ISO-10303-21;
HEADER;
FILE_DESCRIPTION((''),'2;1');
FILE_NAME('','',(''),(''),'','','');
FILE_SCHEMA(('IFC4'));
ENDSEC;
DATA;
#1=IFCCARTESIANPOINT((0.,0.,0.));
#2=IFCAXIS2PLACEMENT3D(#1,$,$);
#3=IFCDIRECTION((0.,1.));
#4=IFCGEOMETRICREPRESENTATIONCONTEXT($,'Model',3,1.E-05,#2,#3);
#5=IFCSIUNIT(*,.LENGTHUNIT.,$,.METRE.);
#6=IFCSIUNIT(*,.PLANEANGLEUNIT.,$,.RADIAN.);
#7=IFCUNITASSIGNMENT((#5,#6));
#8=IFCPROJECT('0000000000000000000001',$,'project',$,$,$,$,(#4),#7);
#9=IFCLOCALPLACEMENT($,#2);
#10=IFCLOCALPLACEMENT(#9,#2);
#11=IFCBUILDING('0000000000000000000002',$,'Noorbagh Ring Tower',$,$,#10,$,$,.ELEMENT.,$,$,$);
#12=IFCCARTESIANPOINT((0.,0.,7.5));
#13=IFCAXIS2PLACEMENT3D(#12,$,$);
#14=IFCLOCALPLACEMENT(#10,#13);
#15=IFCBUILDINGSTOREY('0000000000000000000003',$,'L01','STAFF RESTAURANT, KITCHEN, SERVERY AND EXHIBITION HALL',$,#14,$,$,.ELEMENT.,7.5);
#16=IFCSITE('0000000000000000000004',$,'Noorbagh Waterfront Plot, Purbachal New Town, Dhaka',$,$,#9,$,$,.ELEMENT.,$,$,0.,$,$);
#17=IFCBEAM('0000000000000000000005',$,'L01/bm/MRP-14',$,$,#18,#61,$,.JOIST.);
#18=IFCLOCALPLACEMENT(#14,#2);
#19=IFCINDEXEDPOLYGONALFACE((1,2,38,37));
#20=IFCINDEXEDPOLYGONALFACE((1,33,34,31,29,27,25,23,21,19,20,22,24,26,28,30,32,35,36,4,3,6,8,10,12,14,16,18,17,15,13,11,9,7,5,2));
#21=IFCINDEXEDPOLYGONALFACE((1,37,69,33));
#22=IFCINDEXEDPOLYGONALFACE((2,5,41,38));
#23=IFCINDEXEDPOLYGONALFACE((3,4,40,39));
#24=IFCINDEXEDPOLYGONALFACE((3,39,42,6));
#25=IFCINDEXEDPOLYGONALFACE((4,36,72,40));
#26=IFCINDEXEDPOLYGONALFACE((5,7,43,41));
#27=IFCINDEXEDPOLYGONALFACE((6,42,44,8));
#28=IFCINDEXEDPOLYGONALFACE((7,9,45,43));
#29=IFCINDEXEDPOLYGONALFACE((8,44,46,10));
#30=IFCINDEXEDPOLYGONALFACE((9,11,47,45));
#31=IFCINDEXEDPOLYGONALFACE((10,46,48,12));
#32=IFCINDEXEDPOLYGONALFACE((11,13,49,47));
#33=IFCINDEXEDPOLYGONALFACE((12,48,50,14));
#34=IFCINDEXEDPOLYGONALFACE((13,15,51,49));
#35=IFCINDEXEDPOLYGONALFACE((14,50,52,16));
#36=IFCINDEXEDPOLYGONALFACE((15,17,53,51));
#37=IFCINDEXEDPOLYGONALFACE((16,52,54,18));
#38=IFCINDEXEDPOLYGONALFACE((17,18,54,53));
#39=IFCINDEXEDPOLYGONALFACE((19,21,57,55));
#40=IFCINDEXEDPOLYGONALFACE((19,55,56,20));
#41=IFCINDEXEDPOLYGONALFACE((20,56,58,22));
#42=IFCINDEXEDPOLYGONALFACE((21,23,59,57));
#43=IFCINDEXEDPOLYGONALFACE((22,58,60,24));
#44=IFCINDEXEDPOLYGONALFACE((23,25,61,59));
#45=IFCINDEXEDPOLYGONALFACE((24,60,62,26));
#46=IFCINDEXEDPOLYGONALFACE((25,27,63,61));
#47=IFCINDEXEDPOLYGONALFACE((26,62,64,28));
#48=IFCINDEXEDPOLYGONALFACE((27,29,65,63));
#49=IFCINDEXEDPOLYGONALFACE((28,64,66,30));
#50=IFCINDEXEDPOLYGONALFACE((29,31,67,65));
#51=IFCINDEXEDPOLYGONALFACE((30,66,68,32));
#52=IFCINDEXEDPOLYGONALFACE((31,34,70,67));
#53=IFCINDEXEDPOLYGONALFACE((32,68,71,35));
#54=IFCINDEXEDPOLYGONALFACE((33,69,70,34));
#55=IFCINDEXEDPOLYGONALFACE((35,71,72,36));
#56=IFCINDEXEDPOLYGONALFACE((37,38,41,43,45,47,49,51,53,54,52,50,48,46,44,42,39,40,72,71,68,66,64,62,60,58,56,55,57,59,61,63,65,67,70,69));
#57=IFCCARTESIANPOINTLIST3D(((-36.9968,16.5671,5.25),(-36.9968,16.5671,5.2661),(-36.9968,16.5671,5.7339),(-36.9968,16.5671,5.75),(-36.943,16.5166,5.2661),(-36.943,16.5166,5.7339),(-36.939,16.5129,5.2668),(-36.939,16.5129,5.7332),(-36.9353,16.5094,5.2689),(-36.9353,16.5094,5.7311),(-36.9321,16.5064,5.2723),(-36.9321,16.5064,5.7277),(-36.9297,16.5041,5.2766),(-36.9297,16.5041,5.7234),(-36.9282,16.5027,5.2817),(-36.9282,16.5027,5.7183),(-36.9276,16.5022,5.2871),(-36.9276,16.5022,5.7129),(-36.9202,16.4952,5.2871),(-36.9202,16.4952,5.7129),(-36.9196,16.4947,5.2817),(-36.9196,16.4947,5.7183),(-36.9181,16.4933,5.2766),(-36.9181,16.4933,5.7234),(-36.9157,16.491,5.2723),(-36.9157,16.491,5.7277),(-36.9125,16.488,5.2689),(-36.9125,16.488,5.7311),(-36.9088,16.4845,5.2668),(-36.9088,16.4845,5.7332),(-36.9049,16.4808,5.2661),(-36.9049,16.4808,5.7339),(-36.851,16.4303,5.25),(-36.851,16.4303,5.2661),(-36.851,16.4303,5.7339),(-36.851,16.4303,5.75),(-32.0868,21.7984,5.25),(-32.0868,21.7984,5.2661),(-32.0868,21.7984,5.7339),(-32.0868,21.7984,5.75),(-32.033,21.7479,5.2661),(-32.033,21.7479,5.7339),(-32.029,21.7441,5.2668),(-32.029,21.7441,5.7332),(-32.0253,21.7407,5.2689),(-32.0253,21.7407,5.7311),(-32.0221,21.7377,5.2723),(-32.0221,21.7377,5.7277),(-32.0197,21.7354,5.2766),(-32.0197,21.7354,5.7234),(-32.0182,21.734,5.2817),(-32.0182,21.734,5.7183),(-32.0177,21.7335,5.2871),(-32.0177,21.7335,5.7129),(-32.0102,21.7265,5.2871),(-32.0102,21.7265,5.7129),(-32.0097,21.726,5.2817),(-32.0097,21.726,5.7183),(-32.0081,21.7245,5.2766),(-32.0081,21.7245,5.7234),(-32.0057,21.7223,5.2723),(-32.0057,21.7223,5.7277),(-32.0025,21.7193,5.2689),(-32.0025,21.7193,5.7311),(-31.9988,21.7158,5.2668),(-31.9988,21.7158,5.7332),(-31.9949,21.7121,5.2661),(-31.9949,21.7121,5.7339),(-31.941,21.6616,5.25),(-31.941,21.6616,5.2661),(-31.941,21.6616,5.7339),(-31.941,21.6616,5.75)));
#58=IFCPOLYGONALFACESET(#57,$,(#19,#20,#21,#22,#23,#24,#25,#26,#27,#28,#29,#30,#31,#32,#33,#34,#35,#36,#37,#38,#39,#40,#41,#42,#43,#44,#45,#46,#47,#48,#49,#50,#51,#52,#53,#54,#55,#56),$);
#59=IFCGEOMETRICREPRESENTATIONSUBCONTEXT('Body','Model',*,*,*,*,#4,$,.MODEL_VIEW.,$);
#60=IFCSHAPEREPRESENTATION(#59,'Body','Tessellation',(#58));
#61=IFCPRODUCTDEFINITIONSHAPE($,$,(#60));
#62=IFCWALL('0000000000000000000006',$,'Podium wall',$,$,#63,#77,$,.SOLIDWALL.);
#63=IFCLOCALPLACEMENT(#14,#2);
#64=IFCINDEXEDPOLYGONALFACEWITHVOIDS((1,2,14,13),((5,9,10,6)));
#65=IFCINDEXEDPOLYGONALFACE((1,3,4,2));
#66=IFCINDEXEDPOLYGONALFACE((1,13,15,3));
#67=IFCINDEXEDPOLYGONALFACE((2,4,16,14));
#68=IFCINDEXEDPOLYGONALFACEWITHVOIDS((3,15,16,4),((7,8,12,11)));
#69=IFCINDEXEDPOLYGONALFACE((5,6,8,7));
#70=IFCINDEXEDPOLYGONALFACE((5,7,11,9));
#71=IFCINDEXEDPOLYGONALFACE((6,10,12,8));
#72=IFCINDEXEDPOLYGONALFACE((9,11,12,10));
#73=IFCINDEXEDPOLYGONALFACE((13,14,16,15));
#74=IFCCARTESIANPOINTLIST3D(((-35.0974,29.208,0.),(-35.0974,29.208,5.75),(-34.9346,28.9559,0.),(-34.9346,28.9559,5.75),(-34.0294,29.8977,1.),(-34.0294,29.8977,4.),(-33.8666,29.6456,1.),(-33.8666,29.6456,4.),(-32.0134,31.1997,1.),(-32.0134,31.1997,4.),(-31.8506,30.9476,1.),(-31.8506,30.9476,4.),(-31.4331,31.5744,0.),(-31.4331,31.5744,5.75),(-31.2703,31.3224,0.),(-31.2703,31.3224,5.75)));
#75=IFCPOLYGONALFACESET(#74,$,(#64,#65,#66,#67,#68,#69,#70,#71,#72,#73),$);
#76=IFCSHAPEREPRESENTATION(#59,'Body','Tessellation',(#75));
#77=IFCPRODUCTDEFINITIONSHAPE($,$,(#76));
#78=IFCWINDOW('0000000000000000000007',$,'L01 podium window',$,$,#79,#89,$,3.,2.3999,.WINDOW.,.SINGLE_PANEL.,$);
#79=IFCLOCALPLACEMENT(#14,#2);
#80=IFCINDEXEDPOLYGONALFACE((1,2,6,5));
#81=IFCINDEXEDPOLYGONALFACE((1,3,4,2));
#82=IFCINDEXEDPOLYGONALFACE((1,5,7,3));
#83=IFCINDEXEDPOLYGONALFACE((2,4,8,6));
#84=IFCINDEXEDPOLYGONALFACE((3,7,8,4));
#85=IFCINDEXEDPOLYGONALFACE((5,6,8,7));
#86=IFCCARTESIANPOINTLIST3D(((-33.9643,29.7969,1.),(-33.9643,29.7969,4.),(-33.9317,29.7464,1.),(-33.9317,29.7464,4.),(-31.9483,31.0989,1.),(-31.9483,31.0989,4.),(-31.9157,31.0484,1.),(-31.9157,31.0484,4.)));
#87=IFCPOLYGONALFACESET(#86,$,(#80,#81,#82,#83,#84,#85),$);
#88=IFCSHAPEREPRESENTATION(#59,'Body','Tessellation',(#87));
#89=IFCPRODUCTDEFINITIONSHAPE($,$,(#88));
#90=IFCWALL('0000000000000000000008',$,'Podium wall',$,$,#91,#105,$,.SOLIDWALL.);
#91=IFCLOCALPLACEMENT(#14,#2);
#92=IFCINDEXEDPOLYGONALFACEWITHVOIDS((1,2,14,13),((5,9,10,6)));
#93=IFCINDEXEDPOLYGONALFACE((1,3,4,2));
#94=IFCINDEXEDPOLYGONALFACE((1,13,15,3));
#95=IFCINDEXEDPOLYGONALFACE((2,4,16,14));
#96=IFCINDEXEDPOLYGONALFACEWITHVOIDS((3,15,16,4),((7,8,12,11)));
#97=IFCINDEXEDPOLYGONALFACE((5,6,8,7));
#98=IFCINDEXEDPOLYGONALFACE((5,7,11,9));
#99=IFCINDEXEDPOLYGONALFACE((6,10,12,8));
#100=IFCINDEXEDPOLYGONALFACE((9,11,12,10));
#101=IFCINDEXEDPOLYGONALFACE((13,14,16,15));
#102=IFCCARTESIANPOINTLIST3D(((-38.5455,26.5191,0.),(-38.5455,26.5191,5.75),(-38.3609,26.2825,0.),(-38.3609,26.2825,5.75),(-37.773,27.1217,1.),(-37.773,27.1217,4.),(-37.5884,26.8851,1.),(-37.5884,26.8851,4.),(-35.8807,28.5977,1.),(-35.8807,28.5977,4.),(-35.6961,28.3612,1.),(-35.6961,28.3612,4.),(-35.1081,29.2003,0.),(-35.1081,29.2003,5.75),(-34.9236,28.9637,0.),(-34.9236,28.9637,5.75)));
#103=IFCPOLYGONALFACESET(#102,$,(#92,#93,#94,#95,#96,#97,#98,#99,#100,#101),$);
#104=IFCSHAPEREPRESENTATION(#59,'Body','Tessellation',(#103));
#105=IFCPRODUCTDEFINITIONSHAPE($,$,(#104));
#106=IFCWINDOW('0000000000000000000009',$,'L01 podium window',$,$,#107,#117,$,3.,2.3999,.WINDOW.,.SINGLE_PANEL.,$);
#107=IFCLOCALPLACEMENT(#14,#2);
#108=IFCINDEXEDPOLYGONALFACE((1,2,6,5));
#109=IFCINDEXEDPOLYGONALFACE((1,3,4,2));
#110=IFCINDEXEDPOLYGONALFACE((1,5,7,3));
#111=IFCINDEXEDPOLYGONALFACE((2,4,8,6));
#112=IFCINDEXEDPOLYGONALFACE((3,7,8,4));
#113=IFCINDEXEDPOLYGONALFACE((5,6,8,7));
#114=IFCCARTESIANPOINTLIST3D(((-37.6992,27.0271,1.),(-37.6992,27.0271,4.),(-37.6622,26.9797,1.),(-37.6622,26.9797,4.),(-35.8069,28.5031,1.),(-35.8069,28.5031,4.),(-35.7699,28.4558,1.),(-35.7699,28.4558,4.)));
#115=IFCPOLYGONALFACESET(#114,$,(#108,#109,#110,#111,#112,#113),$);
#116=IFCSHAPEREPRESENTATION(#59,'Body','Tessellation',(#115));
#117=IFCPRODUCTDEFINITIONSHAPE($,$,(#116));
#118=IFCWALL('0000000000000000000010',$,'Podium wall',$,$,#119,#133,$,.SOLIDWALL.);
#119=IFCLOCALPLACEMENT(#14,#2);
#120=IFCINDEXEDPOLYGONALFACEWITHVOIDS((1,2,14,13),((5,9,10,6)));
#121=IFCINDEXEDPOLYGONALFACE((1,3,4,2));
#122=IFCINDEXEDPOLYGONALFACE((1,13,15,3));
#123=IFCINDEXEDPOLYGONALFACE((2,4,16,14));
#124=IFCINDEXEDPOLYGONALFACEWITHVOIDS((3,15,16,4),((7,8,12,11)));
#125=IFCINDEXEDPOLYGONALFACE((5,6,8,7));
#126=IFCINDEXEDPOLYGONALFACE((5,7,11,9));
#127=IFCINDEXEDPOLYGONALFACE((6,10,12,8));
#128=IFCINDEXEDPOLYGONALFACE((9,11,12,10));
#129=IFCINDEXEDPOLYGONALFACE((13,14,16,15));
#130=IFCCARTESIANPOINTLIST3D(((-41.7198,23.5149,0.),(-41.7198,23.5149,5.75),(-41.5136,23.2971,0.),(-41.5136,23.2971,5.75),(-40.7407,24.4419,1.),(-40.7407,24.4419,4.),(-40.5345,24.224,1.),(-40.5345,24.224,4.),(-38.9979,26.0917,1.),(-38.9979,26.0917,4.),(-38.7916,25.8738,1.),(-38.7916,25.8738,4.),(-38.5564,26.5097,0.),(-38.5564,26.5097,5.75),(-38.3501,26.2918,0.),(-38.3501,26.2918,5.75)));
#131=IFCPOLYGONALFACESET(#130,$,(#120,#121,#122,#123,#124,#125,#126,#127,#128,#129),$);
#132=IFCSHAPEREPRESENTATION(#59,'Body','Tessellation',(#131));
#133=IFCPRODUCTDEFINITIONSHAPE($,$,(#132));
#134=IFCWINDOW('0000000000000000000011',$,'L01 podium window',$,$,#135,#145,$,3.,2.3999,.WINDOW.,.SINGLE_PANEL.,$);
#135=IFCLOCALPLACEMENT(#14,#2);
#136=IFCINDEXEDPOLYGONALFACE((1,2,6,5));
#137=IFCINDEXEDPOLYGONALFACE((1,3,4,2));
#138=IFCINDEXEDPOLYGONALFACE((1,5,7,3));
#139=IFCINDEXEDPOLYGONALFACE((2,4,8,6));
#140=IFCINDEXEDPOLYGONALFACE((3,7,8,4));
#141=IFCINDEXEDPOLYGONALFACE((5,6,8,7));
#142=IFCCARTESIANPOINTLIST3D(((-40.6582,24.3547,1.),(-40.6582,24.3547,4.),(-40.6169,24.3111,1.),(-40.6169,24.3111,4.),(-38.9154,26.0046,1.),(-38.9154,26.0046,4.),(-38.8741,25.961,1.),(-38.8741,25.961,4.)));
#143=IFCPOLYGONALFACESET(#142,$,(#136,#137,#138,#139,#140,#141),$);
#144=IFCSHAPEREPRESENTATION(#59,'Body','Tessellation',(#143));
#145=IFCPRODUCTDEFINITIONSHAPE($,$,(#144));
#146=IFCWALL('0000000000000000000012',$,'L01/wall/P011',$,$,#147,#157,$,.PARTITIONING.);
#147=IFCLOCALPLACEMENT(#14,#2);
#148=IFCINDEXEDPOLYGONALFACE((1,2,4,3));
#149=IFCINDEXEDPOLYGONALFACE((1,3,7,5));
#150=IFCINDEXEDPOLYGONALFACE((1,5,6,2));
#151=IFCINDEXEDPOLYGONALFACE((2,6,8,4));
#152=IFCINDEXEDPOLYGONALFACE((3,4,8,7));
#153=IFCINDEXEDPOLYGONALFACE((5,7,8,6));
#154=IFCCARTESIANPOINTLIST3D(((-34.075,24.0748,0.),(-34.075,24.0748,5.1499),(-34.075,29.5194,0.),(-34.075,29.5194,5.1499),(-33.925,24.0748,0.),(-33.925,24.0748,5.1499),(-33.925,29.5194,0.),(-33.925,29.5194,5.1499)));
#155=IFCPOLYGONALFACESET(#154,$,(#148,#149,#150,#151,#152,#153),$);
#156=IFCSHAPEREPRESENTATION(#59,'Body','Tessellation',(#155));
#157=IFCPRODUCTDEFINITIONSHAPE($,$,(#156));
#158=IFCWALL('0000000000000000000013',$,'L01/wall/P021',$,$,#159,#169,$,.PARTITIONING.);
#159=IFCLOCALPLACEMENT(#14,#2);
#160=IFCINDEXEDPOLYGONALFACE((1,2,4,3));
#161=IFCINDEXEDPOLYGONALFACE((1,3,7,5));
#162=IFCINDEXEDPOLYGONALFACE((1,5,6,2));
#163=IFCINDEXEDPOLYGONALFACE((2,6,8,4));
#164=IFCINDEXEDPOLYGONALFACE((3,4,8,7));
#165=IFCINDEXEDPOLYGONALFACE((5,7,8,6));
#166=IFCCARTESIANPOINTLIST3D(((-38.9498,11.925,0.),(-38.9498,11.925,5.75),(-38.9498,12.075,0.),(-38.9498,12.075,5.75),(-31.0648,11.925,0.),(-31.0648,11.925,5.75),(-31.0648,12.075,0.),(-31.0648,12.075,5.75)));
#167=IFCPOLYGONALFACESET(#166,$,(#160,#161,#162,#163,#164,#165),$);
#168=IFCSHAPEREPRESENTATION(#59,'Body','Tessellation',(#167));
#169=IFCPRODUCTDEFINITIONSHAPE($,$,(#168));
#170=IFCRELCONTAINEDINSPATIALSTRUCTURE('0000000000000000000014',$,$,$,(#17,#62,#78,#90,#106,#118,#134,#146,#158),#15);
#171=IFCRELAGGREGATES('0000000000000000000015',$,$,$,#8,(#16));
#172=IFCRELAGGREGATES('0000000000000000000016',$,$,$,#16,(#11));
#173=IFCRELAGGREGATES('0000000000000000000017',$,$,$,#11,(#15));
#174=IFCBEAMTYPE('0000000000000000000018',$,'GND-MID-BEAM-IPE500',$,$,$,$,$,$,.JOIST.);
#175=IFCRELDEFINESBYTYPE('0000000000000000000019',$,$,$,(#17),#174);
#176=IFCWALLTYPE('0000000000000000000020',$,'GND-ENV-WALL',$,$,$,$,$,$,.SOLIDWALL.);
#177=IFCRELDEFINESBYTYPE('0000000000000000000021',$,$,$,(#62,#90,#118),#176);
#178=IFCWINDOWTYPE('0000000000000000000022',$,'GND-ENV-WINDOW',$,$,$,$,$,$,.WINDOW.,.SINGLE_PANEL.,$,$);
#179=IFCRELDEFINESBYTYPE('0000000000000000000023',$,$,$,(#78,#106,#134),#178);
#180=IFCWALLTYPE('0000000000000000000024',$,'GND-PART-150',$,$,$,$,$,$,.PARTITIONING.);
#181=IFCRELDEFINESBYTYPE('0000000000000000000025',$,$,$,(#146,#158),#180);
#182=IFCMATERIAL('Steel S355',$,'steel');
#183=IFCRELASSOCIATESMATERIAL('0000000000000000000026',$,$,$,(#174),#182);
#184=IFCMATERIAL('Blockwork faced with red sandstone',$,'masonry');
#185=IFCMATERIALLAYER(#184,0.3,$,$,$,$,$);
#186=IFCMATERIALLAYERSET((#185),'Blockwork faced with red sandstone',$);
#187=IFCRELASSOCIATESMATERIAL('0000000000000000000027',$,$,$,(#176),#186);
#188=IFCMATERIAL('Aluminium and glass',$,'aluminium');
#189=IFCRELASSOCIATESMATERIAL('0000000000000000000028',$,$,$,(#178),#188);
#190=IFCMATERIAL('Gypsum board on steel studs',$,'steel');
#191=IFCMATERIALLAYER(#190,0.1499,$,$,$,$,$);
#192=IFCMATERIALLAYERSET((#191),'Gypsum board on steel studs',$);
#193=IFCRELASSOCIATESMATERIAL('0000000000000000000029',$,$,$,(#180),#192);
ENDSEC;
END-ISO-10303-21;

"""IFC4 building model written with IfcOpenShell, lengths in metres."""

from ifc_helpers import new_model, si_unit, direction, frame, frame_2d, origin, origin_2d, place, context, subcontext, project, spatial, rectangle, i_section, extrude, material, layer, layer_set, material_profile, profile_set, type_object, element, fill, save


model = new_model("IFC4")

# Units and contexts
model_context = context("Model", 3, precision=1e-05, world=origin(), true_north=direction((0.0, 1.0)))
body_context = subcontext(model_context, "Body", "Model", "MODEL_VIEW")
ifc_project = project(units=[si_unit("LENGTHUNIT", "METRE"), si_unit("PLANEANGLEUNIT", "RADIAN")], contexts=[model_context])

# Site, building, storey
site_placement = place(None, origin())
site = spatial("IfcSite", under=ifc_project, at=site_placement, Name="Noorbagh Waterfront Plot, Purbachal New Town, Dhaka", CompositionType="ELEMENT", RefElevation=0.0)
building_placement = place(site_placement, origin())
building = spatial("IfcBuilding", under=site, at=building_placement, Name="Noorbagh Ring Tower", CompositionType="ELEMENT")
storey_placement = place(building_placement, frame((0.0, 0.0, 7.5)))
storey = spatial("IfcBuildingStorey", under=building, at=storey_placement, Name="L01", Description="STAFF RESTAURANT, KITCHEN, SERVERY AND EXHIBITION HALL", CompositionType="ELEMENT", Elevation=7.5)

# Beam
ifc_material_1 = material(Name="Steel S355", Category="steel")
ifc_material_profile_1 = material_profile(ifc_material_1, i_section(OverallWidth=0.2, OverallDepth=0.5, WebThickness=0.0103, FlangeThickness=0.0161, FilletRadius=0.021, at=origin_2d()), Name="IPE500")
ifc_profile_set_1 = profile_set([ifc_material_profile_1], Name="Steel S355")
beam_type_1 = type_object("IfcBeamType", Name="GND-MID-BEAM-IPE500", PredefinedType="JOIST", material=ifc_profile_set_1)
beam_1_placement = place(storey_placement, frame((-32.0139, 21.73, 5.5), z_axis=(-0.684361, -0.729143, 0.0), x_axis=(0.729143, -0.684361, 0.0)))
element("IfcBeam", 1, at=beam_1_placement, inside=storey, type_object=beam_type_1, Name="L01/bm/MRP-14", PredefinedType="JOIST", context=body_context, shape_type="SweptSolid", body=[
    extrude(i_section(OverallWidth=0.2, OverallDepth=0.5, WebThickness=0.0103, FlangeThickness=0.0161, FilletRadius=0.021, at=origin_2d()), origin(), (0.0, 0.0, 1.0), 7.1746),
])

# Walls, openings, windows
ifc_material_2 = material(Name="Blockwork faced with red sandstone", Category="masonry")
ifc_layer_1 = layer(ifc_material_2, 0.3)
ifc_layer_set_1 = layer_set([ifc_layer_1], Name="Blockwork faced with red sandstone")
wall_type_1 = type_object("IfcWallType", Name="GND-ENV-WALL", PredefinedType="SOLIDWALL", material=ifc_layer_set_1)
wall_1_placement = place(storey_placement, frame((-31.3516, 31.4485, 0.0), z_axis=(0.0, 0.0, 1.0), x_axis=(-0.840047, -0.542513, 0.0)))
wall_1 = element("IfcWall", 2, at=wall_1_placement, inside=storey, type_object=wall_type_1, Name="Podium wall", PredefinedType="SOLIDWALL", context=body_context, shape_type="SweptSolid", body=[
    extrude(rectangle(XDim=4.3621, YDim=0.3, at=frame_2d((2.1812, 0.0))), origin(), (0.0, 0.0, 1.0), 5.75),
])
opening_1_placement = place(wall_1_placement, frame((0.6909, 0.0, 1.0)))
opening_1 = element("IfcOpeningElement", 3, at=opening_1_placement, cuts=wall_1, PredefinedType="OPENING", context=body_context, shape_type="SweptSolid", body=[
    extrude(rectangle(XDim=2.3999, YDim=3.0, at=frame_2d((1.2, 1.5))), frame((0.0, 0.1602, 0.0), z_axis=(0.0, -1.0, 0.0), x_axis=(1.0, 0.0, 0.0)), (0.0, 0.0, 1.0), 0.3201),
])
ifc_material_3 = material(Name="Aluminium and glass", Category="aluminium")
window_type = type_object("IfcWindowType", Name="GND-ENV-WINDOW", PartitioningType="SINGLE_PANEL", PredefinedType="WINDOW", material=ifc_material_3)
window_1_placement = place(opening_1_placement, origin())
window_1 = element("IfcWindow", 4, at=window_1_placement, inside=storey, type_object=window_type, Name="L01 podium window", OverallHeight=3.0, OverallWidth=2.3999, PartitioningType="SINGLE_PANEL", PredefinedType="WINDOW", context=body_context, shape_type="SweptSolid", body=[
    extrude(rectangle(XDim=2.3999, YDim=3.0, at=frame_2d((1.2, 1.5))), frame((0.0, 0.03, 0.0), z_axis=(0.0, -1.0, 0.0), x_axis=(1.0, 0.0, 0.0)), (0.0, 0.0, 1.0), 0.0601),
])
fill(opening_1, window_1)
wall_2_placement = place(storey_placement, frame((-35.0159, 29.082, 0.0), z_axis=(0.0, 0.0, 1.0), x_axis=(-0.788492, -0.615045, 0.0)))
wall_2 = element("IfcWall", 5, at=wall_2_placement, inside=storey, type_object=wall_type_1, Name="Podium wall", PredefinedType="SOLIDWALL", context=body_context, shape_type="SweptSolid", body=[
    extrude(rectangle(XDim=4.3594, YDim=0.3, at=frame_2d((2.1797, 0.0))), origin(), (0.0, 0.0, 1.0), 5.75),
])
opening_2_placement = place(wall_2_placement, frame((0.9797, 0.0, 1.0)))
opening_2 = element("IfcOpeningElement", 6, at=opening_2_placement, cuts=wall_2, PredefinedType="OPENING", context=body_context, shape_type="SweptSolid", body=[
    extrude(rectangle(XDim=2.3999, YDim=3.0, at=frame_2d((1.2, 1.5))), frame((0.0, 0.1602, 0.0), z_axis=(0.0, -1.0, 0.0), x_axis=(1.0, 0.0, 0.0)), (0.0, 0.0, 1.0), 0.3201),
])
window_2_placement = place(opening_2_placement, origin())
window_2 = element("IfcWindow", 7, at=window_2_placement, inside=storey, type_object=window_type, Name="L01 podium window", OverallHeight=3.0, OverallWidth=2.3999, PartitioningType="SINGLE_PANEL", PredefinedType="WINDOW", context=body_context, shape_type="SweptSolid", body=[
    extrude(rectangle(XDim=2.3999, YDim=3.0, at=frame_2d((1.2, 1.5))), frame((0.0, 0.03, 0.0), z_axis=(0.0, -1.0, 0.0), x_axis=(1.0, 0.0, 0.0)), (0.0, 0.0, 1.0), 0.0601),
])
fill(opening_2, window_2)
wall_3_placement = place(storey_placement, frame((-38.4531, 26.4009, 0.0), z_axis=(0.0, 0.0, 1.0), x_axis=(-0.726204, -0.687479, 0.0)))
wall_3 = element("IfcWall", 8, at=wall_3_placement, inside=storey, type_object=wall_type_1, Name="Podium wall", PredefinedType="SOLIDWALL", context=body_context, shape_type="SweptSolid", body=[
    extrude(rectangle(XDim=4.3562, YDim=0.3, at=frame_2d((2.1782, 0.0))), origin(), (0.0, 0.0, 1.0), 5.75),
])
opening_3_placement = place(wall_3_placement, frame((0.6082, 0.0, 1.0)))
opening_3 = element("IfcOpeningElement", 9, at=opening_3_placement, cuts=wall_3, PredefinedType="OPENING", context=body_context, shape_type="SweptSolid", body=[
    extrude(rectangle(XDim=2.3999, YDim=3.0, at=frame_2d((1.2, 1.5))), frame((0.0, 0.1602, 0.0), z_axis=(0.0, -1.0, 0.0), x_axis=(1.0, 0.0, 0.0)), (0.0, 0.0, 1.0), 0.3201),
])
window_3_placement = place(opening_3_placement, origin())
window_3 = element("IfcWindow", 10, at=window_3_placement, inside=storey, type_object=window_type, Name="L01 podium window", OverallHeight=3.0, OverallWidth=2.3999, PartitioningType="SINGLE_PANEL", PredefinedType="WINDOW", context=body_context, shape_type="SweptSolid", body=[
    extrude(rectangle(XDim=2.3999, YDim=3.0, at=frame_2d((1.2, 1.5))), frame((0.0, 0.03, 0.0), z_axis=(0.0, -1.0, 0.0), x_axis=(1.0, 0.0, 0.0)), (0.0, 0.0, 1.0), 0.0601),
])
fill(opening_3, window_3)

# Walls
ifc_material_4 = material(Name="Gypsum board on steel studs", Category="steel")
ifc_layer_2 = layer(ifc_material_4, 0.1499)
ifc_layer_set_2 = layer_set([ifc_layer_2], Name="Gypsum board on steel studs")
wall_type_2 = type_object("IfcWallType", Name="GND-PART-150", PredefinedType="PARTITIONING", material=ifc_layer_set_2)
wall_4_placement = place(storey_placement, frame((-34.0, 24.075, 0.0), z_axis=(0.0, 0.0, 1.0), x_axis=(0.0, 1.0, 0.0)))
element("IfcWall", 11, at=wall_4_placement, inside=storey, type_object=wall_type_2, Name="L01/wall/P011", PredefinedType="PARTITIONING", context=body_context, shape_type="SweptSolid", body=[
    extrude(rectangle(XDim=5.4446, YDim=0.1499, at=frame_2d((2.7222, 0.0))), origin(), (0.0, 0.0, 1.0), 5.1499),
])
wall_5_placement = place(storey_placement, frame((-31.0649, 12.0, 0.0), z_axis=(0.0, 0.0, 1.0), x_axis=(-1.0, 0.0, 0.0)))
element("IfcWall", 12, at=wall_5_placement, inside=storey, type_object=wall_type_2, Name="L01/wall/P021", PredefinedType="PARTITIONING", context=body_context, shape_type="SweptSolid", body=[
    extrude(rectangle(XDim=7.885, YDim=0.1499, at=frame_2d((3.9424, 0.0))), origin(), (0.0, 0.0, 1.0), 5.75),
])

save(model, "model.ifc")
